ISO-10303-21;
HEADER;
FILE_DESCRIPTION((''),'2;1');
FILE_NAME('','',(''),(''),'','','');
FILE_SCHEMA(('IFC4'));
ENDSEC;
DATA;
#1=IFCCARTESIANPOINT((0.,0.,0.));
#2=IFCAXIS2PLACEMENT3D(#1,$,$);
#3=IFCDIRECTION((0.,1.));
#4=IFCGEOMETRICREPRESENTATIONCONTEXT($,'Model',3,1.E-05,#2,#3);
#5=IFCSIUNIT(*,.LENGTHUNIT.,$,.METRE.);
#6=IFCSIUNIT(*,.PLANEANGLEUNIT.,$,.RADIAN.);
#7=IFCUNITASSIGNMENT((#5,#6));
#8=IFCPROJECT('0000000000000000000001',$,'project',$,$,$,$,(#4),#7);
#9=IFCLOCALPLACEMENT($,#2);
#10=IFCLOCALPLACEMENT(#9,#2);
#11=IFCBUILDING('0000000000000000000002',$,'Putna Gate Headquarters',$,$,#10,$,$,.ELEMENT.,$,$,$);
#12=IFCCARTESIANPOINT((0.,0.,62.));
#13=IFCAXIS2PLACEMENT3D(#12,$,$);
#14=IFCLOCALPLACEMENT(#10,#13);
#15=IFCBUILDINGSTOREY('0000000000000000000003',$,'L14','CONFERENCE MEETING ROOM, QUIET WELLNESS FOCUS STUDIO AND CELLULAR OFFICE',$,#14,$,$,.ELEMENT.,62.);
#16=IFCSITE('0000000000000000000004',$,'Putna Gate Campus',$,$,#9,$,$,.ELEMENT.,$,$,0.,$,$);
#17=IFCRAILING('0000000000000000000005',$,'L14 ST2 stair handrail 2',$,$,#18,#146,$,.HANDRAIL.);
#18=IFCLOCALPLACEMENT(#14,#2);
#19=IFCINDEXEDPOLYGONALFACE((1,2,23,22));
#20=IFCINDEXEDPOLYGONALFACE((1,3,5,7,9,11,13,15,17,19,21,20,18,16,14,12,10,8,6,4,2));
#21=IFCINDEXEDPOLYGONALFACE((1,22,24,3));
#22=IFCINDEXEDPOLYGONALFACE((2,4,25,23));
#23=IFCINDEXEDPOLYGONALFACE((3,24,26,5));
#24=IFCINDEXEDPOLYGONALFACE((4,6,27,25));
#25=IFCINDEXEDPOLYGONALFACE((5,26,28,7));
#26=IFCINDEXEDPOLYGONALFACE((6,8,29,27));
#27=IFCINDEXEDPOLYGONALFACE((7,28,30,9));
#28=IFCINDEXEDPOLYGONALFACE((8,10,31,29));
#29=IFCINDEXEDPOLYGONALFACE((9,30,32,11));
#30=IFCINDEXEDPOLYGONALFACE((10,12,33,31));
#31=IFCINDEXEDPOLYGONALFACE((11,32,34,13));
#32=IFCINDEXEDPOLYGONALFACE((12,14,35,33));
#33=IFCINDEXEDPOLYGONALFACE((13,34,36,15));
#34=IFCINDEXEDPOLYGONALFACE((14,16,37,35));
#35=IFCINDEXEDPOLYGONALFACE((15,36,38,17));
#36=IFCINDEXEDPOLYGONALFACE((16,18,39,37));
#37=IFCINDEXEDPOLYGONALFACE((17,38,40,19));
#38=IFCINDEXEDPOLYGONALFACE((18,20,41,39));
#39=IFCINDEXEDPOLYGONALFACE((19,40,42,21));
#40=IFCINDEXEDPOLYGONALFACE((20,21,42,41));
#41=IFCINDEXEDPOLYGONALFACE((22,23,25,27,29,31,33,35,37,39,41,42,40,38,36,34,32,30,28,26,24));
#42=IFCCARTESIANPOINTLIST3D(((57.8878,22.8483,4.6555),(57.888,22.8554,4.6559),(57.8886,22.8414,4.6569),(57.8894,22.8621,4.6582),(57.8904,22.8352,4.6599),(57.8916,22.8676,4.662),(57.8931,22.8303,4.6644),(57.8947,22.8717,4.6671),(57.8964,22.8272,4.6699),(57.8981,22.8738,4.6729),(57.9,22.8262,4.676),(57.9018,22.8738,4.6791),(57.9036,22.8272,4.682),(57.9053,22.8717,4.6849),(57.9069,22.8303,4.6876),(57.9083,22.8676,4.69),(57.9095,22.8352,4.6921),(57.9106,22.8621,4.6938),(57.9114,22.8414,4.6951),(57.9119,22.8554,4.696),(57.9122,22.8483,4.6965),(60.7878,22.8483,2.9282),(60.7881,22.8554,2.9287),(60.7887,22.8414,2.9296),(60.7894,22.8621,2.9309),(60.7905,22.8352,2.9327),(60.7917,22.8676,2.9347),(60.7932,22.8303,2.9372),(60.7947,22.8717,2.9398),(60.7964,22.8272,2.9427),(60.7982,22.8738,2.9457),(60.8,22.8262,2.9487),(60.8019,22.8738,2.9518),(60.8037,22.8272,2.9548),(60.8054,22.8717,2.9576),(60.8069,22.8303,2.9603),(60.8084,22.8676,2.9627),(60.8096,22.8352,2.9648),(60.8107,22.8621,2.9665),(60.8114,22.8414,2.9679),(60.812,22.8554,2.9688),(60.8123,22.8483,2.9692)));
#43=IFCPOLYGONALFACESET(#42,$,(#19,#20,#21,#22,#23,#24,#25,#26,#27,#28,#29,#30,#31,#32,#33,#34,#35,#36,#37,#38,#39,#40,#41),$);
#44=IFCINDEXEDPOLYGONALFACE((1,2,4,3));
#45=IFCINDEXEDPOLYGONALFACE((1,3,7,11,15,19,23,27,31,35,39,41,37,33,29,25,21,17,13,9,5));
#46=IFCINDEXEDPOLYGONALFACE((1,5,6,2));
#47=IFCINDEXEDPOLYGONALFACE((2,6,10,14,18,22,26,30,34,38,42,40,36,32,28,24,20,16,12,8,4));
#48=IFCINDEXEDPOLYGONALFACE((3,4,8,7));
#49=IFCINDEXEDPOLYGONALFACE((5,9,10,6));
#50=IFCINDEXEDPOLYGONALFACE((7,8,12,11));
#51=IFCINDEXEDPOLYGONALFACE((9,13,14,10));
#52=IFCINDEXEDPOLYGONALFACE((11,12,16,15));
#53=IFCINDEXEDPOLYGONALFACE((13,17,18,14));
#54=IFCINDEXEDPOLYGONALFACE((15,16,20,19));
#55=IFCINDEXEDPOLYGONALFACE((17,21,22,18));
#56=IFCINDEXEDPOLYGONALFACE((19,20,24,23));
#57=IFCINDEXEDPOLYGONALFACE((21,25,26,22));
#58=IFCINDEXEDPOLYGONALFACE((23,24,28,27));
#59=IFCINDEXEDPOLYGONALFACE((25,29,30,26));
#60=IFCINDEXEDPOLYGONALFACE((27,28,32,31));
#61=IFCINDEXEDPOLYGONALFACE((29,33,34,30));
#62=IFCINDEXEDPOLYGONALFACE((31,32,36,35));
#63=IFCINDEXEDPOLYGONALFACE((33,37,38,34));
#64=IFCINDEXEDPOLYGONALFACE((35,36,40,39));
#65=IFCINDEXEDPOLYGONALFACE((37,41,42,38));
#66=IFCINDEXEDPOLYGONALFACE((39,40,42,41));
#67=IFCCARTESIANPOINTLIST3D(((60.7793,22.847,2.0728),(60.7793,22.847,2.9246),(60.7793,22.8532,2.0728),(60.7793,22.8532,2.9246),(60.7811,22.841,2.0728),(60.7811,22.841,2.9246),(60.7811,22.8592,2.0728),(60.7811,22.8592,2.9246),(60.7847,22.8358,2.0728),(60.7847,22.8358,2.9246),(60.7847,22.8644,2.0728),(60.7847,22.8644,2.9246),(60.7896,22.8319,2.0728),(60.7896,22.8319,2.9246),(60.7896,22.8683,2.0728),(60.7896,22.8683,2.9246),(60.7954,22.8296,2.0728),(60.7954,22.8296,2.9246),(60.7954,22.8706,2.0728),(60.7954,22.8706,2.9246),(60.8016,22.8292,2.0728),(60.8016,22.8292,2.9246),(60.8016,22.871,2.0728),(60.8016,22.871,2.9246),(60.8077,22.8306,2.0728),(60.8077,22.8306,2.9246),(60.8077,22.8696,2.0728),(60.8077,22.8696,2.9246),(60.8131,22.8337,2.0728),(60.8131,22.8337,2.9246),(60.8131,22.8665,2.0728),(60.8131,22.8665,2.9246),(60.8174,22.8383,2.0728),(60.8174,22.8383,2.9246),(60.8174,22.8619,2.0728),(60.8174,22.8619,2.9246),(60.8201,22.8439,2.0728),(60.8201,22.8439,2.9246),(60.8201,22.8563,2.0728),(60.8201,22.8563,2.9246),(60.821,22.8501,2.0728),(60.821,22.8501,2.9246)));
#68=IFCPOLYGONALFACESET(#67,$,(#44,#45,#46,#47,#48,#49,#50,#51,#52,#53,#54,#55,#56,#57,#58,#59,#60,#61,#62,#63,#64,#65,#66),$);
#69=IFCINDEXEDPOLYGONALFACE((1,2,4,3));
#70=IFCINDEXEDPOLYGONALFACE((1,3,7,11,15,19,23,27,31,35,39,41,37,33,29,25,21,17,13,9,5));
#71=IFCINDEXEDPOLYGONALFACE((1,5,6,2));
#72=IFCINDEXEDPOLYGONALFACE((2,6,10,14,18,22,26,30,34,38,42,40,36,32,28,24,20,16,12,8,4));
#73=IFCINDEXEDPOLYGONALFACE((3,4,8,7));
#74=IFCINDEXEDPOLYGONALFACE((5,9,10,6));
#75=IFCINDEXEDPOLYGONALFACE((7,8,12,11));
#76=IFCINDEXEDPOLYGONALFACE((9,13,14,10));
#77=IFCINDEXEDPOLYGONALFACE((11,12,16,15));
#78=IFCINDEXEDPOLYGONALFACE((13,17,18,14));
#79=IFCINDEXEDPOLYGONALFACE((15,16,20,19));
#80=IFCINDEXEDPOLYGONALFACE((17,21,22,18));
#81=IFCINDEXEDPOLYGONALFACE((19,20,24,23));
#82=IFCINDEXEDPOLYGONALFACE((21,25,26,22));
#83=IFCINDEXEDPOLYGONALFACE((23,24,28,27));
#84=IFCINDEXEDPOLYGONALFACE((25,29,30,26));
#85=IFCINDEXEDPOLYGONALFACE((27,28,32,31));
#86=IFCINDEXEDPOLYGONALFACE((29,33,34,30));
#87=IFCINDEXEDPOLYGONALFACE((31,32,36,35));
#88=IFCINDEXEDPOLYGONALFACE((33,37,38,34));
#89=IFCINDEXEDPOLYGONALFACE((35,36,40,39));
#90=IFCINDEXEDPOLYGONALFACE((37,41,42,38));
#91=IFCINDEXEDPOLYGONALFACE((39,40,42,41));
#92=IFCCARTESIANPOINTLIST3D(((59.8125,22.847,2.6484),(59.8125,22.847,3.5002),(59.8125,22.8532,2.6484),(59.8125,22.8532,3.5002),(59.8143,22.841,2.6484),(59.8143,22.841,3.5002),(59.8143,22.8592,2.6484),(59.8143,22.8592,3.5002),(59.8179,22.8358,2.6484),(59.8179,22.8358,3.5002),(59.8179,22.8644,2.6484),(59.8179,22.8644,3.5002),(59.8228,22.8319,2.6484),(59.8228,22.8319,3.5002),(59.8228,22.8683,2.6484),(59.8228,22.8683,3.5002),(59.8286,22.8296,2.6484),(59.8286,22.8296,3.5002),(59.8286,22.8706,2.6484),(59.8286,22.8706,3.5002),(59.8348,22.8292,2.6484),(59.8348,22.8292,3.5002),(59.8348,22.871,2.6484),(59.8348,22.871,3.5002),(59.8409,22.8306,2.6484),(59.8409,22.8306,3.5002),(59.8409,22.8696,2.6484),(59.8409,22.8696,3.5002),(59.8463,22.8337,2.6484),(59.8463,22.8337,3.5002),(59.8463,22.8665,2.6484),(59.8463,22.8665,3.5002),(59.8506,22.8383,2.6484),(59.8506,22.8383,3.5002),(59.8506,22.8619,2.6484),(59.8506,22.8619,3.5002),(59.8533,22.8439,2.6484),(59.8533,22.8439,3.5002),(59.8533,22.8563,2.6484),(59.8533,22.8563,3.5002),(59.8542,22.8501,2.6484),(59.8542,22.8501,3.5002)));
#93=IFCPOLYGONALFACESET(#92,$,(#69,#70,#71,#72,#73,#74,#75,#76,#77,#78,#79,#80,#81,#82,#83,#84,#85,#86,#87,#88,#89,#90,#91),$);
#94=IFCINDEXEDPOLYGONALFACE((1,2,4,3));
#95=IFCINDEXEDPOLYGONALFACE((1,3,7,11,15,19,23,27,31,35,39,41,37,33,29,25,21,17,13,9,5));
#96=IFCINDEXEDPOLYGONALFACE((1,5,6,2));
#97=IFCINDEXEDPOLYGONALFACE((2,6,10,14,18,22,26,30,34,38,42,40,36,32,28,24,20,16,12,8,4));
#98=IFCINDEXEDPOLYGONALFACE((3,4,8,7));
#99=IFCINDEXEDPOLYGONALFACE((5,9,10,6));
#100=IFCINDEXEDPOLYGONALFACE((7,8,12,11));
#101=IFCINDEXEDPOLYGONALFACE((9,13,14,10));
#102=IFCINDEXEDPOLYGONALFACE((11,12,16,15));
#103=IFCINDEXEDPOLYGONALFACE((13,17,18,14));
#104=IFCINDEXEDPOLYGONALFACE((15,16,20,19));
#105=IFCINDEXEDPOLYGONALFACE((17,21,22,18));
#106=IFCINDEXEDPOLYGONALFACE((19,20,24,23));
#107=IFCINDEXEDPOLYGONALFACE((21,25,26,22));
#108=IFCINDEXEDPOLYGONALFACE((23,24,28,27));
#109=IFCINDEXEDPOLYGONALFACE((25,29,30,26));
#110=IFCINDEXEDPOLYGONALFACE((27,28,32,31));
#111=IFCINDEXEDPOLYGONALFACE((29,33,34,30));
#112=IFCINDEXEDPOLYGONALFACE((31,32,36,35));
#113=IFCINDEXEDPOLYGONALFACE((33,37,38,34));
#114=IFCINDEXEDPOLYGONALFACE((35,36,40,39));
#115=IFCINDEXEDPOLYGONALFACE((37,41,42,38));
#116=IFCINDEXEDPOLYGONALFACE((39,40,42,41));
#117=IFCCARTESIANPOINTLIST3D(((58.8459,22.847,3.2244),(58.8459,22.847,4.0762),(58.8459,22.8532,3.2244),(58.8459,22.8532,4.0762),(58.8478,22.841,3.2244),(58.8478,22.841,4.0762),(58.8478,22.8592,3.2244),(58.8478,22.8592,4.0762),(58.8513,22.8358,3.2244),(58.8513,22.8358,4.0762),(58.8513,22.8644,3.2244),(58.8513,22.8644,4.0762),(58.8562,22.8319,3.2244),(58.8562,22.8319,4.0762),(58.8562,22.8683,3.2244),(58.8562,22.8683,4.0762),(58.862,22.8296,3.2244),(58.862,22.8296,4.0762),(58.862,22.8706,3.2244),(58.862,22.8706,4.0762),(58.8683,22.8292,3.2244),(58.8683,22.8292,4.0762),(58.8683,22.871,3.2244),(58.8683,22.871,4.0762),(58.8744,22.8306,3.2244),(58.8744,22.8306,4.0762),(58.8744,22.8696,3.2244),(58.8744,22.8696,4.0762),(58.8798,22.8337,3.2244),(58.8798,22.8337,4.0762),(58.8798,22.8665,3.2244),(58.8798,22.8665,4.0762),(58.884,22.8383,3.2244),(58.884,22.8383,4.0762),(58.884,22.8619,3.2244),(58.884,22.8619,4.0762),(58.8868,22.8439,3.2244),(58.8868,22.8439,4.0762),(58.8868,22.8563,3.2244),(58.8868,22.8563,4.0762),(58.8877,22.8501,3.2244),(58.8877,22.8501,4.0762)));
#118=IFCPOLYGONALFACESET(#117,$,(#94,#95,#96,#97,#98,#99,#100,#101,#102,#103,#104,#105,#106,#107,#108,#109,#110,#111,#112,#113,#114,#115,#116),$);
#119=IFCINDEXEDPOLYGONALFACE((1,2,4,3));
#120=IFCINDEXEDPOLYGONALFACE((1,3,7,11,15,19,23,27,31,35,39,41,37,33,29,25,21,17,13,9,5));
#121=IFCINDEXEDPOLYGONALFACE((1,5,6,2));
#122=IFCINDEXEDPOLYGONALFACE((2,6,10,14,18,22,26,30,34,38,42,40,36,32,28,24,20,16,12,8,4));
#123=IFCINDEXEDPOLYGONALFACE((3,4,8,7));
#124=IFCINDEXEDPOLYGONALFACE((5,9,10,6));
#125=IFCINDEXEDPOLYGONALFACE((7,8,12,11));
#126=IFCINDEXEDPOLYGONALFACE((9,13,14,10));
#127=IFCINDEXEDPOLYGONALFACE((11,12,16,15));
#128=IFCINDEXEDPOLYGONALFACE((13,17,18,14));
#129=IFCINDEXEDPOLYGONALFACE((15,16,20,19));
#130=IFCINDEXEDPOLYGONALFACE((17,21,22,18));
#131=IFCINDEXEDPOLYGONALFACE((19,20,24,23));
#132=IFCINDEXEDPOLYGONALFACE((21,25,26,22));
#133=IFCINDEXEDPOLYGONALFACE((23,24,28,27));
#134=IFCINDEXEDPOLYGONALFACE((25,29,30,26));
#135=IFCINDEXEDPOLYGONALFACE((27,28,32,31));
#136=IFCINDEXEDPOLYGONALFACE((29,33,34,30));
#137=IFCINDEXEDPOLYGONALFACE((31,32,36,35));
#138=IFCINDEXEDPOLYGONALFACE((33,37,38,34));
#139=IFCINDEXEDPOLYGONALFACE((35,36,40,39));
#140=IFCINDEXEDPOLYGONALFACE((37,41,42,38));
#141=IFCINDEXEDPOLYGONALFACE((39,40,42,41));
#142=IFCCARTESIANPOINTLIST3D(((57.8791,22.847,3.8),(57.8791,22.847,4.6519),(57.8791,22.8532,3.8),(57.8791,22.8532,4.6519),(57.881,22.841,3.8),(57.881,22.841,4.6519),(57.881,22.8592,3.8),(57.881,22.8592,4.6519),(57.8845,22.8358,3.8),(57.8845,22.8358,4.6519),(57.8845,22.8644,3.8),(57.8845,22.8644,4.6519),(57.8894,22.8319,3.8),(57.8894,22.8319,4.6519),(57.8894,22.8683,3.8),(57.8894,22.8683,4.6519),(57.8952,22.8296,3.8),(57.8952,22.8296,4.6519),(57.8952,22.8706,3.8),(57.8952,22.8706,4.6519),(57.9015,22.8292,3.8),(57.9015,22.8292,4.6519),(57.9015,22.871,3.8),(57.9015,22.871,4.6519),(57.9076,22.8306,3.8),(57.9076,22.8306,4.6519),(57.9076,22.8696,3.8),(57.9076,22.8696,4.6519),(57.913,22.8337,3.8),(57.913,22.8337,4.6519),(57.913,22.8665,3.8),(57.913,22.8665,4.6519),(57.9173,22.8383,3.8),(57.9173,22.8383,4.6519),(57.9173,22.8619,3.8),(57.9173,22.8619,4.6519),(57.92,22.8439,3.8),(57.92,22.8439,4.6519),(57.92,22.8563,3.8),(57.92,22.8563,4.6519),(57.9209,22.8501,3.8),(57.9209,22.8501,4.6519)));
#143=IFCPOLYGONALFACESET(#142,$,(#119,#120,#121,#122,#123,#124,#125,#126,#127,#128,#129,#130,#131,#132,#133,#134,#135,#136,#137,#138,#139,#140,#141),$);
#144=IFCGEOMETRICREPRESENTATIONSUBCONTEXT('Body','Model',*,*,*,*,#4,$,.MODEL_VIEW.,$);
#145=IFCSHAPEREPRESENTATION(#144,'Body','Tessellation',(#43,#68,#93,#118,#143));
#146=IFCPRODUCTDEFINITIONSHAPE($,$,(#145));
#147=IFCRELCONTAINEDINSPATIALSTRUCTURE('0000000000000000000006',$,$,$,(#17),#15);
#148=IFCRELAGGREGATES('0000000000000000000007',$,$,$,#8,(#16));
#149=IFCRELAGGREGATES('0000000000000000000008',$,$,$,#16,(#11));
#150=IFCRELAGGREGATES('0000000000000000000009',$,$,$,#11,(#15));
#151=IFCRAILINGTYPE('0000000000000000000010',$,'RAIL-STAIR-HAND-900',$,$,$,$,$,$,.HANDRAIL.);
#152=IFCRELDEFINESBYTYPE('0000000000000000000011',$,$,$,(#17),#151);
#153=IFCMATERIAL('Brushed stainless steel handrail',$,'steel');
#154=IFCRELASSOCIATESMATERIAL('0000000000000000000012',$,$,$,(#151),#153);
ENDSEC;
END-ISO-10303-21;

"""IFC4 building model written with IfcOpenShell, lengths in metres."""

from ifc_helpers import new_model, si_unit, direction, frame, origin, origin_2d, place, context, subcontext, project, spatial, circle, extrude, material, type_object, element, save


model = new_model("IFC4")

# Units and contexts
model_context = context("Model", 3, precision=1e-05, world=origin(), true_north=direction((0.0, 1.0)))
body_context = subcontext(model_context, "Body", "Model", "MODEL_VIEW")
ifc_project = project(units=[si_unit("LENGTHUNIT", "METRE"), si_unit("PLANEANGLEUNIT", "RADIAN")], contexts=[model_context])

# Site, building, storey
site_placement = place(None, origin())
site = spatial("IfcSite", under=ifc_project, at=site_placement, Name="Putna Gate Campus", CompositionType="ELEMENT", RefElevation=0.0)
building_placement = place(site_placement, origin())
building = spatial("IfcBuilding", under=site, at=building_placement, Name="Putna Gate Headquarters", CompositionType="ELEMENT")
storey_placement = place(building_placement, frame((0.0, 0.0, 62.0)))
storey = spatial("IfcBuildingStorey", under=building, at=storey_placement, Name="L14", Description="CONFERENCE MEETING ROOM, QUIET WELLNESS FOCUS STUDIO AND CELLULAR OFFICE", CompositionType="ELEMENT", Elevation=62.0)

# Railing
ifc_material_1 = material(Name="Brushed stainless steel handrail", Category="steel")
railing_type = type_object("IfcRailingType", Name="RAIL-STAIR-HAND-900", PredefinedType="HANDRAIL", material=ifc_material_1)
railing_placement = place(storey_placement, frame((60.8, 22.8501, 2.0728)))
element("IfcRailing", 1, at=railing_placement, inside=storey, type_object=railing_type, Name="L14 ST2 stair handrail 2", PredefinedType="HANDRAIL", context=body_context, shape_type="SweptSolid", body=[
    extrude(circle(Radius=0.0239, at=origin_2d()), frame((0.0, 0.0, 0.876), z_axis=(-0.85916, 0.0, 0.511706), x_axis=(0.0, -1.0, 0.0)), (0.0, 0.0, 1.0), 3.3755),
    extrude(circle(Radius=0.021, at=origin_2d()), origin(), (0.0, 0.0, 1.0), 0.8518),
    extrude(circle(Radius=0.021, at=origin_2d()), frame((-0.9668, 0.0, 0.5757)), (0.0, 0.0, 1.0), 0.8518),
    extrude(circle(Radius=0.021, at=origin_2d()), frame((-1.9333, 0.0, 1.1516)), (0.0, 0.0, 1.0), 0.8518),
    extrude(circle(Radius=0.021, at=origin_2d()), frame((-2.9001, 0.0, 1.7273)), (0.0, 0.0, 1.0), 0.8518),
])

save(model, "model.ifc")
